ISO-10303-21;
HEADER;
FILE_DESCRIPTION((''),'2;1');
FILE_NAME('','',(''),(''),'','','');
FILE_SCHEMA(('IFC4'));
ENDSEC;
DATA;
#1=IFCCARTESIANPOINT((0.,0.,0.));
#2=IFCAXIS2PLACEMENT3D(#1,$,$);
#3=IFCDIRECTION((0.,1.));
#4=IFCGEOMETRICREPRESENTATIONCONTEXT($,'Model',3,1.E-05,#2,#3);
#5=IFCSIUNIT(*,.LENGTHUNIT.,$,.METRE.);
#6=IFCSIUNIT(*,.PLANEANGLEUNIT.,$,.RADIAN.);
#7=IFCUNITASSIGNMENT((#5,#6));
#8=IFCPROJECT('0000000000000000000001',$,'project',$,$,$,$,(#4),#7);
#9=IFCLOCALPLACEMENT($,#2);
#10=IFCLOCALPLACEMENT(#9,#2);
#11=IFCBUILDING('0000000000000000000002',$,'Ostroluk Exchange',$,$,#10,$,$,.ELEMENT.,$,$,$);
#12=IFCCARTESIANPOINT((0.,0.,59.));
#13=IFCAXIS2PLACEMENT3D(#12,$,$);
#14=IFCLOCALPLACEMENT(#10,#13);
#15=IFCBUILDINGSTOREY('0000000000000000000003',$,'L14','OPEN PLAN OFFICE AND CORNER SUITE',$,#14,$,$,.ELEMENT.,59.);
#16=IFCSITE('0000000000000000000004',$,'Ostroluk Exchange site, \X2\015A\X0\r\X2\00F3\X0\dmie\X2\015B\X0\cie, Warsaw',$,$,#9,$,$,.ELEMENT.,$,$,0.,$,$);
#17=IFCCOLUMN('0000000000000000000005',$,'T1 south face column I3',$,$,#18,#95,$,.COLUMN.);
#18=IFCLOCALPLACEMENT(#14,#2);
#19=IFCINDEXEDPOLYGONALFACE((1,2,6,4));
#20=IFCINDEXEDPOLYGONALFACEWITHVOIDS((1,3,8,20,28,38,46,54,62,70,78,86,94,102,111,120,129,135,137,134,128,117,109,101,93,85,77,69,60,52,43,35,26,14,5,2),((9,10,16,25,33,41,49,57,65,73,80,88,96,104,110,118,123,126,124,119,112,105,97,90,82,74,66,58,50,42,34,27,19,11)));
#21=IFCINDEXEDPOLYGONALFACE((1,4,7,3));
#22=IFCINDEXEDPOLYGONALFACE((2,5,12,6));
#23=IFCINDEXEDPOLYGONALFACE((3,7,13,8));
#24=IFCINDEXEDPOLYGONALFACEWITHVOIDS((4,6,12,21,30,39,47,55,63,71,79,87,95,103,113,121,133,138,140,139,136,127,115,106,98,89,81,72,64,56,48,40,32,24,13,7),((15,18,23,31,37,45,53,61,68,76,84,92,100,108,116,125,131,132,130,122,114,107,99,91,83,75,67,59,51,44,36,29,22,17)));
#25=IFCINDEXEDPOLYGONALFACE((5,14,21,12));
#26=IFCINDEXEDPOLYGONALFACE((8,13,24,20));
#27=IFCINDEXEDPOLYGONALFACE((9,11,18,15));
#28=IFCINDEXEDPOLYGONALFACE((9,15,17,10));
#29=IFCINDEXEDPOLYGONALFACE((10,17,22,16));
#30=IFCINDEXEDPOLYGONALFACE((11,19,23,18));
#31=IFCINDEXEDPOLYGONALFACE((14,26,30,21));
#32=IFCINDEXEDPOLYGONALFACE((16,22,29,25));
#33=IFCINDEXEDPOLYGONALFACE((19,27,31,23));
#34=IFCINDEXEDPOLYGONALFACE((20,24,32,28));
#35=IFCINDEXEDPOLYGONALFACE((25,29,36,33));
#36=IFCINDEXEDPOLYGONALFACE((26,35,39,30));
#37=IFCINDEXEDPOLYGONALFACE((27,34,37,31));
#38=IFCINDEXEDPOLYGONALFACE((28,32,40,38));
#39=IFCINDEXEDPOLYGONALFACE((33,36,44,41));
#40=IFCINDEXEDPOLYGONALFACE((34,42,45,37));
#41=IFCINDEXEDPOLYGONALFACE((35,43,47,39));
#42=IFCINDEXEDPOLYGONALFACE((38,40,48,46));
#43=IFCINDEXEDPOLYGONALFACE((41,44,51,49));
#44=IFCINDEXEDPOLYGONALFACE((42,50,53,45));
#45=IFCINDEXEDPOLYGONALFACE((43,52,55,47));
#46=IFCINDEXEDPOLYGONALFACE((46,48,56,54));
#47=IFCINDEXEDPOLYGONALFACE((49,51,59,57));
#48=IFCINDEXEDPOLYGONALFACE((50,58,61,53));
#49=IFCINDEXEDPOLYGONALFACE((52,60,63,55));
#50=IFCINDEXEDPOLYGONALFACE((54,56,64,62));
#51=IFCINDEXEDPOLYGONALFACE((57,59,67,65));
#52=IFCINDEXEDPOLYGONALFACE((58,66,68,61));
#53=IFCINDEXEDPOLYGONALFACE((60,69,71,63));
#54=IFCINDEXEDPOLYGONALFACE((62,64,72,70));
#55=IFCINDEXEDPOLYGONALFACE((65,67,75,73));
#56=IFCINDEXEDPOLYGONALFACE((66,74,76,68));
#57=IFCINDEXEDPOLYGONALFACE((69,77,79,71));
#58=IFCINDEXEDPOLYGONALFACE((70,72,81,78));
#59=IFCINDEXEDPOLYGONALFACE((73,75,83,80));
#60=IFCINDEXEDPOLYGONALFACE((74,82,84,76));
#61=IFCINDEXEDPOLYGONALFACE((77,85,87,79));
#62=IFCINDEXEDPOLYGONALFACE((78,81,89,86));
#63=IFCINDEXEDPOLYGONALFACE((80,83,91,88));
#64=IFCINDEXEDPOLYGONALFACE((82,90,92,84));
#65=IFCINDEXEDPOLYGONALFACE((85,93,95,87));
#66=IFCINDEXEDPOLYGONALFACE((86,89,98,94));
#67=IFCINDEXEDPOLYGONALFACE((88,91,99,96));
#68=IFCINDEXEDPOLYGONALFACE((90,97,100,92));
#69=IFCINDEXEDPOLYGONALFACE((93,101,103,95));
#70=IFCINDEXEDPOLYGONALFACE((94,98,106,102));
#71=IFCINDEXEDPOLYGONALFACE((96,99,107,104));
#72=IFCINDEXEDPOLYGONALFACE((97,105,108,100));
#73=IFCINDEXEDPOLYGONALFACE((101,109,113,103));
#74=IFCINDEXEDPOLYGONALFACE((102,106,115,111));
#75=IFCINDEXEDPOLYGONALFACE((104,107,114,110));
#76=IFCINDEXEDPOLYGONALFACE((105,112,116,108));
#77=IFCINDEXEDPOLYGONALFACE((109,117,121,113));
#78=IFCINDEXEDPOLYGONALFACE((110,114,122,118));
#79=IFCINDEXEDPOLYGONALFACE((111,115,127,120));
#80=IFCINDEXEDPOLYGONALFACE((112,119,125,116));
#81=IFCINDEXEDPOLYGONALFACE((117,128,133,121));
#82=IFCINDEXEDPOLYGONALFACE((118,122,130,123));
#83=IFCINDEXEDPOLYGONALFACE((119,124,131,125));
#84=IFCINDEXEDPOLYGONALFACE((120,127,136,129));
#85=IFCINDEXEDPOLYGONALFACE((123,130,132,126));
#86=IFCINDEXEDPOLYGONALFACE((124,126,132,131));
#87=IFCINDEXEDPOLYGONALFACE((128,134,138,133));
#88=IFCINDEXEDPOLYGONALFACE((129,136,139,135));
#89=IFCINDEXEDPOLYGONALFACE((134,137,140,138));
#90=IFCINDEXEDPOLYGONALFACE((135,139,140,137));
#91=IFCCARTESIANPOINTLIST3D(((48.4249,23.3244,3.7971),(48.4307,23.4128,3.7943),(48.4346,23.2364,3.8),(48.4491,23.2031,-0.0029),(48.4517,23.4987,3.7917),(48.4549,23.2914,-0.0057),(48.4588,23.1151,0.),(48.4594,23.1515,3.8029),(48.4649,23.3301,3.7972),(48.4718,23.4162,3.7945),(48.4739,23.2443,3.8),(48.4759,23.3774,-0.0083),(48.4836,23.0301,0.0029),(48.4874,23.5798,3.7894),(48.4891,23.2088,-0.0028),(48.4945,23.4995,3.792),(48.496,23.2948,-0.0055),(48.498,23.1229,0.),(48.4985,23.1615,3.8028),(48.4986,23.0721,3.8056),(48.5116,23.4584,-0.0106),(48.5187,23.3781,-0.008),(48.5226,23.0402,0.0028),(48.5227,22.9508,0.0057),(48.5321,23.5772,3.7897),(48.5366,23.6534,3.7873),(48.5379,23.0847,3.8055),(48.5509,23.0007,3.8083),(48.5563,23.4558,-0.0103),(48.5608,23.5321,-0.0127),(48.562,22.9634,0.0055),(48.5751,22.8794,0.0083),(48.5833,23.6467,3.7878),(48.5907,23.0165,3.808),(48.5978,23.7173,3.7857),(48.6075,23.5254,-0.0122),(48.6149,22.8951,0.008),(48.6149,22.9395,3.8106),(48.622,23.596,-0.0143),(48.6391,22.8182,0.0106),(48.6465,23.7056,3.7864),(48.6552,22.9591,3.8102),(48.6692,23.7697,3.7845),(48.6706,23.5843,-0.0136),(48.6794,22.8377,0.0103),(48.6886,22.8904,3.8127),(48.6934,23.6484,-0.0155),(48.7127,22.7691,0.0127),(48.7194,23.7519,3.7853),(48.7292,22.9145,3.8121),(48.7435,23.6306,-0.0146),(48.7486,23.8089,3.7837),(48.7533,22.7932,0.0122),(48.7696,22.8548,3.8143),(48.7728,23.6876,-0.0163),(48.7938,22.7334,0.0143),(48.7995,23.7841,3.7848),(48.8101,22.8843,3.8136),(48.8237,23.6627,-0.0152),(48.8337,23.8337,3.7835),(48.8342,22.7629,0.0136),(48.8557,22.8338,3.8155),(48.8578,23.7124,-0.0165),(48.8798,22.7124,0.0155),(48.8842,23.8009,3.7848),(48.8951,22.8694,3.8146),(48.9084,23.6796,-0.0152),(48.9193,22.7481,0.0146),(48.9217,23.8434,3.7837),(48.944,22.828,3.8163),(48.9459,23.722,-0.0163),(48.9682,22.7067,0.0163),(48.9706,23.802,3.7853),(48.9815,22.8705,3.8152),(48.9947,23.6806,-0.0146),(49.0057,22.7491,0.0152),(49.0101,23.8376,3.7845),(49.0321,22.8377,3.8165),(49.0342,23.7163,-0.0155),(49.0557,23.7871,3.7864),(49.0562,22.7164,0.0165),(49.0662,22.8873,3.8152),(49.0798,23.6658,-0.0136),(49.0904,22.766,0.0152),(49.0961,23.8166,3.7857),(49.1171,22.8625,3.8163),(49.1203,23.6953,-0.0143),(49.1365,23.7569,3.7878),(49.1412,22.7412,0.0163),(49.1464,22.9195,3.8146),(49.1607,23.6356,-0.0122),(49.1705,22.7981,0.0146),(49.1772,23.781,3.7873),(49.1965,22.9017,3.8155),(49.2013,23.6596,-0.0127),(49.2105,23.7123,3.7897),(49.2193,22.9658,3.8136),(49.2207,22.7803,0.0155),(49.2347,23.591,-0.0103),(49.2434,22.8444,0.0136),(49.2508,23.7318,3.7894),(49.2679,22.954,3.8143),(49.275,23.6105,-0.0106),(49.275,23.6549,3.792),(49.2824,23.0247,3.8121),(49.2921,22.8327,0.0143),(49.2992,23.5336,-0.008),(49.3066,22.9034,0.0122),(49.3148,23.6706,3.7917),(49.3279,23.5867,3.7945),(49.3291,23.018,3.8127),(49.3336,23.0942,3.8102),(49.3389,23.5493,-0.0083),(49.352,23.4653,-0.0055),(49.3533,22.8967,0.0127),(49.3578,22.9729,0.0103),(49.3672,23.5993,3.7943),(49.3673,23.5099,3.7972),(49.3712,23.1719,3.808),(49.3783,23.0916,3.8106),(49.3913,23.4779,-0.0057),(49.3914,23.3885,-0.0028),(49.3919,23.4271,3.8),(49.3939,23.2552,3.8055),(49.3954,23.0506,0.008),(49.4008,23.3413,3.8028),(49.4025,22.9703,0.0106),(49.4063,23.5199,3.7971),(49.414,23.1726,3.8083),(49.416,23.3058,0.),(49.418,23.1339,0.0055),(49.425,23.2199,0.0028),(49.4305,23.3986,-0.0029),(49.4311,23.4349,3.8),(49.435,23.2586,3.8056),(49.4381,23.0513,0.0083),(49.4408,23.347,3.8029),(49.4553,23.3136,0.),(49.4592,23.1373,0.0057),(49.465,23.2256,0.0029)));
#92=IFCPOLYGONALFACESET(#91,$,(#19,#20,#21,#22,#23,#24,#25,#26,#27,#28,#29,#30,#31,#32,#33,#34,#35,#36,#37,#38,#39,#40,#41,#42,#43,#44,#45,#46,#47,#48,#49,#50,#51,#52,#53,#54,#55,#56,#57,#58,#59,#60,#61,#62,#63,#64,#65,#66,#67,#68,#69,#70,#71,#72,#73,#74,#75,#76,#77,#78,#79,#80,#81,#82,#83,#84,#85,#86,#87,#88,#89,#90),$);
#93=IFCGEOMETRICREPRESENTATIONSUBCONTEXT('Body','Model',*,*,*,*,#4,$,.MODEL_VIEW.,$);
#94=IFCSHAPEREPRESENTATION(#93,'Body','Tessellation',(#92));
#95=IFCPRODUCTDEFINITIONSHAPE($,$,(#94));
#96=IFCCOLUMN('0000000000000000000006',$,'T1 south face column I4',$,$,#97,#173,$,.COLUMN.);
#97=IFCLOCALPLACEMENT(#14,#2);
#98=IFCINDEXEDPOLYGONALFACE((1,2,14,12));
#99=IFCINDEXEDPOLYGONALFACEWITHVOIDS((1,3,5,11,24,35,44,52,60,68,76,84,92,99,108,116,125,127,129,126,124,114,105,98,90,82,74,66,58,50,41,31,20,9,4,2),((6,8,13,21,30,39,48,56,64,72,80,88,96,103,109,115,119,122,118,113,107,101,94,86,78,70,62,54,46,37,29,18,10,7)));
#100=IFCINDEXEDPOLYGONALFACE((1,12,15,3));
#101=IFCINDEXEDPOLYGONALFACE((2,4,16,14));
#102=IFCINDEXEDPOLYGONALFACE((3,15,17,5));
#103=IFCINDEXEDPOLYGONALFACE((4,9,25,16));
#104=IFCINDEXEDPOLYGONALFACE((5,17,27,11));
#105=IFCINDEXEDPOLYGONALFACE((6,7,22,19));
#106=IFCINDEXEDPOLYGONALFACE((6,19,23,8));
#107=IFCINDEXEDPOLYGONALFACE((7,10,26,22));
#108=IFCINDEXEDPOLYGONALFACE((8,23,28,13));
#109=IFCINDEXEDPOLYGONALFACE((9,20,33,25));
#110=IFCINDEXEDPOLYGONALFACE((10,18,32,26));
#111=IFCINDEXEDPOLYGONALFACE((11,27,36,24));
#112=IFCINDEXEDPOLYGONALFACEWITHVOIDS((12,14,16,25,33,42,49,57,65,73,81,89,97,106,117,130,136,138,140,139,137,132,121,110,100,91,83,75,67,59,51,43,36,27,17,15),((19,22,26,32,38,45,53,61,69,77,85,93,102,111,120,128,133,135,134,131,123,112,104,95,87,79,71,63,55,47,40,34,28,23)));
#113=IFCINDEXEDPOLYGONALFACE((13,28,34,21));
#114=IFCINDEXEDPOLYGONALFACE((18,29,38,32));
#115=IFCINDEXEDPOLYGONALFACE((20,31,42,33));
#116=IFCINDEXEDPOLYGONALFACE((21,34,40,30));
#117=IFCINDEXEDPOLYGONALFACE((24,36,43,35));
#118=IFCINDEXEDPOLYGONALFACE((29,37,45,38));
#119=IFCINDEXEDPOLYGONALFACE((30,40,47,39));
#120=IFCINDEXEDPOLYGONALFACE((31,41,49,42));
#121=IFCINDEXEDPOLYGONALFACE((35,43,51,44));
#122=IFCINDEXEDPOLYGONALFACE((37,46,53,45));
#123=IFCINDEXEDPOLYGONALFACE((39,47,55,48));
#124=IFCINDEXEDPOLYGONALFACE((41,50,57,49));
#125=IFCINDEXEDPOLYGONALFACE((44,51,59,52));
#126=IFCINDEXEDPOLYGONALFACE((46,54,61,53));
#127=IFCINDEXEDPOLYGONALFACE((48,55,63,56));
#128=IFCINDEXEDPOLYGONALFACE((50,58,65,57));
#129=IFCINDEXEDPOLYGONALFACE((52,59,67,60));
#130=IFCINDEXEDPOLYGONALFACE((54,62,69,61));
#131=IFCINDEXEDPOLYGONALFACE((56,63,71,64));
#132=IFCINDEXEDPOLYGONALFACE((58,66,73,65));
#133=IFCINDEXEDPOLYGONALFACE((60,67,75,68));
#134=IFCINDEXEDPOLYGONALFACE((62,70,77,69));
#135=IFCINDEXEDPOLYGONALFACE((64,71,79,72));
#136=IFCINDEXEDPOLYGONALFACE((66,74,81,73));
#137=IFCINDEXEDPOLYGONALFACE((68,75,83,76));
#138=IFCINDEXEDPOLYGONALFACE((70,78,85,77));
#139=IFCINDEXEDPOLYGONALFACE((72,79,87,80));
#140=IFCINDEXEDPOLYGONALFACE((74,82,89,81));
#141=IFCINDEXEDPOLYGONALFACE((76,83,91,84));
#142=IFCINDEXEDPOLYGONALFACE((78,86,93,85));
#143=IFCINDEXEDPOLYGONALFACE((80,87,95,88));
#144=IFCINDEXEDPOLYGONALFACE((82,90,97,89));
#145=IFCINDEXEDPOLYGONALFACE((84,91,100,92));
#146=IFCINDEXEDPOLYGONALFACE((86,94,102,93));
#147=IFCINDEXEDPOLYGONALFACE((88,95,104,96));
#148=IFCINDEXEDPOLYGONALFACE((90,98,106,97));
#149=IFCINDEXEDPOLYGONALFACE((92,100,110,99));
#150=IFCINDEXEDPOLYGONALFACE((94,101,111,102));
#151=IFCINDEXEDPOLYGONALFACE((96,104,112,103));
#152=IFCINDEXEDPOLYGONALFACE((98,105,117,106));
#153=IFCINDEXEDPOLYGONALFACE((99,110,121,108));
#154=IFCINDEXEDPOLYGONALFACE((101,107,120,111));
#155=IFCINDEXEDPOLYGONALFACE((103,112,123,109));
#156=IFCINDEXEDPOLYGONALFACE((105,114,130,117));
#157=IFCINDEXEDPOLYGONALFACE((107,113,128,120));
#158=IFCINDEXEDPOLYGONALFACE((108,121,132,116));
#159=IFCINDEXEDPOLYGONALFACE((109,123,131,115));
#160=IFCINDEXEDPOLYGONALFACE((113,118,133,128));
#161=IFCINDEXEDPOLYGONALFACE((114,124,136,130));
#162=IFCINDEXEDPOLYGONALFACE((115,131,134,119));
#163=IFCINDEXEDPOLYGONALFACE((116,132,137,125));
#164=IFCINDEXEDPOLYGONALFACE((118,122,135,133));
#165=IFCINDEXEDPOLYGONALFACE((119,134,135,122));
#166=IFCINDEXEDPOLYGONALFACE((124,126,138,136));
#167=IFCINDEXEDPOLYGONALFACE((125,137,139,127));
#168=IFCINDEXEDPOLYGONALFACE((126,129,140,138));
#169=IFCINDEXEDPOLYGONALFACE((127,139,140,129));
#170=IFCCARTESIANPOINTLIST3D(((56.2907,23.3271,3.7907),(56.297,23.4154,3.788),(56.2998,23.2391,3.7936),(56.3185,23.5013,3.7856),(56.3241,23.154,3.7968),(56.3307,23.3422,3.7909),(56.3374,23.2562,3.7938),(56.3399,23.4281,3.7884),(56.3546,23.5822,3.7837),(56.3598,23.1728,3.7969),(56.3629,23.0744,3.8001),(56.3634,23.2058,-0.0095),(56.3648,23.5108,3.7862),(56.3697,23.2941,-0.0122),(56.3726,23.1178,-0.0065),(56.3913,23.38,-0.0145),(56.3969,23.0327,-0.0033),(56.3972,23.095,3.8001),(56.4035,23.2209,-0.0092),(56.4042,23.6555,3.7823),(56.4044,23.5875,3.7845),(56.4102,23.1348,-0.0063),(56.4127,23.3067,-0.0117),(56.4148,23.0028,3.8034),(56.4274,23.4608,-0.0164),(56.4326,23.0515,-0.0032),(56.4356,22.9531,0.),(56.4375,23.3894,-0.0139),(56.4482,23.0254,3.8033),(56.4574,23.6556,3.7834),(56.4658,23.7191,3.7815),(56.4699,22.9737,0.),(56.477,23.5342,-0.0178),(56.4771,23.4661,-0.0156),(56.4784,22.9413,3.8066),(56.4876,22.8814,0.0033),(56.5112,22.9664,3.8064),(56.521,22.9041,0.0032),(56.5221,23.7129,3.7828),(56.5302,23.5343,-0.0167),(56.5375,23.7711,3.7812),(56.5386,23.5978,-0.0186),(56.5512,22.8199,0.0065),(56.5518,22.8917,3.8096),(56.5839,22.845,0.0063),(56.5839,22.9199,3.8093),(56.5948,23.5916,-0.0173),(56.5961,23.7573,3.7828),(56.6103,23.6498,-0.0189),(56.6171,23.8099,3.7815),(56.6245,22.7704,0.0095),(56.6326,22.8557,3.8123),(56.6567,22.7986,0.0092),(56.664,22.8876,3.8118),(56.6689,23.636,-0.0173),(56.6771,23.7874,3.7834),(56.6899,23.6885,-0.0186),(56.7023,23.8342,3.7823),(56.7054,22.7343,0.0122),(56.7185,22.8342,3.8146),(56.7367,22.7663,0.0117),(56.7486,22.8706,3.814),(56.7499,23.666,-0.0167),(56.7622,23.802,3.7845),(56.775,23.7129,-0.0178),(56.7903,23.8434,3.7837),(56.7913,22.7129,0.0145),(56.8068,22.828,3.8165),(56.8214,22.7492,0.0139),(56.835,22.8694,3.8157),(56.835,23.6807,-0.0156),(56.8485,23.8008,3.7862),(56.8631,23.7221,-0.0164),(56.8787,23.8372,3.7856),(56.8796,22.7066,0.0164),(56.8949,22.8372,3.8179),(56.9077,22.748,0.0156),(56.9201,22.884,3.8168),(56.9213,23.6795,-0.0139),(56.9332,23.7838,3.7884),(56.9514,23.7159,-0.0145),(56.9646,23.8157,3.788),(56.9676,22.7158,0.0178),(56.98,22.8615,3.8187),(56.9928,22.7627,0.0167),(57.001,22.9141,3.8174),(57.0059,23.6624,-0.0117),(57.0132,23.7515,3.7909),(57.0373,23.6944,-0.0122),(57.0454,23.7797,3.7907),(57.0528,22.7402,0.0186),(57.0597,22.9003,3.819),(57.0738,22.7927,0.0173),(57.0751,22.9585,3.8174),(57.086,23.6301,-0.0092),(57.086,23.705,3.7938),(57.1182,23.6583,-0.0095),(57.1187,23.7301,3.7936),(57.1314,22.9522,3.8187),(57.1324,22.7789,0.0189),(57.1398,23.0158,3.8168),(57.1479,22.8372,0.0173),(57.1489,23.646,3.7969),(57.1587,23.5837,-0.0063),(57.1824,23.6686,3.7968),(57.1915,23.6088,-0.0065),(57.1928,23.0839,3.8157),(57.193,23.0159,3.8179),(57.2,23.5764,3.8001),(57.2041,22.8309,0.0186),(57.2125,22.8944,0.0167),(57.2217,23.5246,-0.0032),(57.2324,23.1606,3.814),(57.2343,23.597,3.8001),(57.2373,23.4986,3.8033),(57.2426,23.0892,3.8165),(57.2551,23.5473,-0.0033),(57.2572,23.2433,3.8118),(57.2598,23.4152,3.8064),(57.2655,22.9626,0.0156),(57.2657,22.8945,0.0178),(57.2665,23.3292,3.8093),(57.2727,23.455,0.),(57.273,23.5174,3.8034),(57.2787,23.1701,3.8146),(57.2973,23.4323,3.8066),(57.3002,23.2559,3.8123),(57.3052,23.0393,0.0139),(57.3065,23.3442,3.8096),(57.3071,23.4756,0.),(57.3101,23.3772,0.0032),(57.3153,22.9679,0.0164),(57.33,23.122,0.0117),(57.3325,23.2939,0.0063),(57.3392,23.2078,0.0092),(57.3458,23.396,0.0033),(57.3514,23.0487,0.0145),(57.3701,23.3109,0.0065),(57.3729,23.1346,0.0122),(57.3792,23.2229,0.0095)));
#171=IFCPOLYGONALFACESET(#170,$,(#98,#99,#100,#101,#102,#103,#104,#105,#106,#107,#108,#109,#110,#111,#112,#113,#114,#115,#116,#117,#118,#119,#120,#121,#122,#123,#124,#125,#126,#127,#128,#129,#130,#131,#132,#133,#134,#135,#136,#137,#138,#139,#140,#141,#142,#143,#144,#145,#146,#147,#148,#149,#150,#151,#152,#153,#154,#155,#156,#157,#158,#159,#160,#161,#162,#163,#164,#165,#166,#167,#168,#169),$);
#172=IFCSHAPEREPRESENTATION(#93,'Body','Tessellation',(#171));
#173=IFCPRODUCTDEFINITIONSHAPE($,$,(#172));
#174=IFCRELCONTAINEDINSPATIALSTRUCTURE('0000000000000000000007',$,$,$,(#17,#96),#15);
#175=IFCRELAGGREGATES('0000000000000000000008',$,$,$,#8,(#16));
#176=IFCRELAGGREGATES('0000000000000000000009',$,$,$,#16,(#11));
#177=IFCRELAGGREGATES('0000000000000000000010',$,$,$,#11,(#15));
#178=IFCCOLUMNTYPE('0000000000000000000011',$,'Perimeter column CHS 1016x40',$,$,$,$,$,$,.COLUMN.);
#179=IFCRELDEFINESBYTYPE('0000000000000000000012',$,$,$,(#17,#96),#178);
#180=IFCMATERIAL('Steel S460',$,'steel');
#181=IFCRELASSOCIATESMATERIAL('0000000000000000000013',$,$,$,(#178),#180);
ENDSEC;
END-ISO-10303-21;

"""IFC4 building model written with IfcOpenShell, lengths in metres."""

from ifc_helpers import new_model, si_unit, direction, frame, origin, origin_2d, place, context, subcontext, project, spatial, hollow_circle, extrude, material, material_profile, profile_set, type_object, element, save


model = new_model("IFC4")

# Units and contexts
model_context = context("Model", 3, precision=1e-05, world=origin(), true_north=direction((0.0, 1.0)))
body_context = subcontext(model_context, "Body", "Model", "MODEL_VIEW")
ifc_project = project(units=[si_unit("LENGTHUNIT", "METRE"), si_unit("PLANEANGLEUNIT", "RADIAN")], contexts=[model_context])

# Site, building, storey
site_placement = place(None, origin())
site = spatial("IfcSite", under=ifc_project, at=site_placement, Name="Ostroluk Exchange site, Śródmieście, Warsaw", CompositionType="ELEMENT", RefElevation=0.0)
building_placement = place(site_placement, origin())
building = spatial("IfcBuilding", under=site, at=building_placement, Name="Ostroluk Exchange", CompositionType="ELEMENT")
storey_placement = place(building_placement, frame((0.0, 0.0, 59.0)))
storey = spatial("IfcBuildingStorey", under=building, at=storey_placement, Name="L14", Description="OPEN PLAN OFFICE AND CORNER SUITE", CompositionType="ELEMENT", Elevation=59.0)

# Columns
ifc_material_1 = material(Name="Steel S460", Category="steel")
ifc_material_profile_1 = material_profile(ifc_material_1, hollow_circle(Radius=0.5081, WallThickness=0.04, at=origin_2d()), Name="CHS 1016x40")
ifc_profile_set_1 = profile_set([ifc_material_profile_1], Name="Steel S460")
column_type = type_object("IfcColumnType", Name="Perimeter column CHS 1016x40", PredefinedType="COLUMN", material=ifc_profile_set_1)
column_1_placement = place(storey_placement, frame((48.957, 23.2144, 0.0), z_axis=(-0.006357, 0.031914, 0.99947), x_axis=(-0.980732, -0.195357, 0.0)))
element("IfcColumn", 1, at=column_1_placement, inside=storey, type_object=column_type, Name="T1 south face column I3", PredefinedType="COLUMN", context=body_context, shape_type="SweptSolid", body=[
    extrude(hollow_circle(Radius=0.5081, WallThickness=0.04, at=origin_2d()), origin(), (0.0, 0.0, 1.0), 3.802),
])
column_2_placement = place(storey_placement, frame((56.8713, 23.2144, 0.0), z_axis=(-0.019132, 0.031909, 0.999308), x_axis=(-0.857645, -0.514242, 0.0)))
element("IfcColumn", 2, at=column_2_placement, inside=storey, type_object=column_type, Name="T1 south face column I4", PredefinedType="COLUMN", context=body_context, shape_type="SweptSolid", body=[
    extrude(hollow_circle(Radius=0.5081, WallThickness=0.04, at=origin_2d()), origin(), (0.0, 0.0, 1.0), 3.8027),
])

save(model, "model.ifc")
